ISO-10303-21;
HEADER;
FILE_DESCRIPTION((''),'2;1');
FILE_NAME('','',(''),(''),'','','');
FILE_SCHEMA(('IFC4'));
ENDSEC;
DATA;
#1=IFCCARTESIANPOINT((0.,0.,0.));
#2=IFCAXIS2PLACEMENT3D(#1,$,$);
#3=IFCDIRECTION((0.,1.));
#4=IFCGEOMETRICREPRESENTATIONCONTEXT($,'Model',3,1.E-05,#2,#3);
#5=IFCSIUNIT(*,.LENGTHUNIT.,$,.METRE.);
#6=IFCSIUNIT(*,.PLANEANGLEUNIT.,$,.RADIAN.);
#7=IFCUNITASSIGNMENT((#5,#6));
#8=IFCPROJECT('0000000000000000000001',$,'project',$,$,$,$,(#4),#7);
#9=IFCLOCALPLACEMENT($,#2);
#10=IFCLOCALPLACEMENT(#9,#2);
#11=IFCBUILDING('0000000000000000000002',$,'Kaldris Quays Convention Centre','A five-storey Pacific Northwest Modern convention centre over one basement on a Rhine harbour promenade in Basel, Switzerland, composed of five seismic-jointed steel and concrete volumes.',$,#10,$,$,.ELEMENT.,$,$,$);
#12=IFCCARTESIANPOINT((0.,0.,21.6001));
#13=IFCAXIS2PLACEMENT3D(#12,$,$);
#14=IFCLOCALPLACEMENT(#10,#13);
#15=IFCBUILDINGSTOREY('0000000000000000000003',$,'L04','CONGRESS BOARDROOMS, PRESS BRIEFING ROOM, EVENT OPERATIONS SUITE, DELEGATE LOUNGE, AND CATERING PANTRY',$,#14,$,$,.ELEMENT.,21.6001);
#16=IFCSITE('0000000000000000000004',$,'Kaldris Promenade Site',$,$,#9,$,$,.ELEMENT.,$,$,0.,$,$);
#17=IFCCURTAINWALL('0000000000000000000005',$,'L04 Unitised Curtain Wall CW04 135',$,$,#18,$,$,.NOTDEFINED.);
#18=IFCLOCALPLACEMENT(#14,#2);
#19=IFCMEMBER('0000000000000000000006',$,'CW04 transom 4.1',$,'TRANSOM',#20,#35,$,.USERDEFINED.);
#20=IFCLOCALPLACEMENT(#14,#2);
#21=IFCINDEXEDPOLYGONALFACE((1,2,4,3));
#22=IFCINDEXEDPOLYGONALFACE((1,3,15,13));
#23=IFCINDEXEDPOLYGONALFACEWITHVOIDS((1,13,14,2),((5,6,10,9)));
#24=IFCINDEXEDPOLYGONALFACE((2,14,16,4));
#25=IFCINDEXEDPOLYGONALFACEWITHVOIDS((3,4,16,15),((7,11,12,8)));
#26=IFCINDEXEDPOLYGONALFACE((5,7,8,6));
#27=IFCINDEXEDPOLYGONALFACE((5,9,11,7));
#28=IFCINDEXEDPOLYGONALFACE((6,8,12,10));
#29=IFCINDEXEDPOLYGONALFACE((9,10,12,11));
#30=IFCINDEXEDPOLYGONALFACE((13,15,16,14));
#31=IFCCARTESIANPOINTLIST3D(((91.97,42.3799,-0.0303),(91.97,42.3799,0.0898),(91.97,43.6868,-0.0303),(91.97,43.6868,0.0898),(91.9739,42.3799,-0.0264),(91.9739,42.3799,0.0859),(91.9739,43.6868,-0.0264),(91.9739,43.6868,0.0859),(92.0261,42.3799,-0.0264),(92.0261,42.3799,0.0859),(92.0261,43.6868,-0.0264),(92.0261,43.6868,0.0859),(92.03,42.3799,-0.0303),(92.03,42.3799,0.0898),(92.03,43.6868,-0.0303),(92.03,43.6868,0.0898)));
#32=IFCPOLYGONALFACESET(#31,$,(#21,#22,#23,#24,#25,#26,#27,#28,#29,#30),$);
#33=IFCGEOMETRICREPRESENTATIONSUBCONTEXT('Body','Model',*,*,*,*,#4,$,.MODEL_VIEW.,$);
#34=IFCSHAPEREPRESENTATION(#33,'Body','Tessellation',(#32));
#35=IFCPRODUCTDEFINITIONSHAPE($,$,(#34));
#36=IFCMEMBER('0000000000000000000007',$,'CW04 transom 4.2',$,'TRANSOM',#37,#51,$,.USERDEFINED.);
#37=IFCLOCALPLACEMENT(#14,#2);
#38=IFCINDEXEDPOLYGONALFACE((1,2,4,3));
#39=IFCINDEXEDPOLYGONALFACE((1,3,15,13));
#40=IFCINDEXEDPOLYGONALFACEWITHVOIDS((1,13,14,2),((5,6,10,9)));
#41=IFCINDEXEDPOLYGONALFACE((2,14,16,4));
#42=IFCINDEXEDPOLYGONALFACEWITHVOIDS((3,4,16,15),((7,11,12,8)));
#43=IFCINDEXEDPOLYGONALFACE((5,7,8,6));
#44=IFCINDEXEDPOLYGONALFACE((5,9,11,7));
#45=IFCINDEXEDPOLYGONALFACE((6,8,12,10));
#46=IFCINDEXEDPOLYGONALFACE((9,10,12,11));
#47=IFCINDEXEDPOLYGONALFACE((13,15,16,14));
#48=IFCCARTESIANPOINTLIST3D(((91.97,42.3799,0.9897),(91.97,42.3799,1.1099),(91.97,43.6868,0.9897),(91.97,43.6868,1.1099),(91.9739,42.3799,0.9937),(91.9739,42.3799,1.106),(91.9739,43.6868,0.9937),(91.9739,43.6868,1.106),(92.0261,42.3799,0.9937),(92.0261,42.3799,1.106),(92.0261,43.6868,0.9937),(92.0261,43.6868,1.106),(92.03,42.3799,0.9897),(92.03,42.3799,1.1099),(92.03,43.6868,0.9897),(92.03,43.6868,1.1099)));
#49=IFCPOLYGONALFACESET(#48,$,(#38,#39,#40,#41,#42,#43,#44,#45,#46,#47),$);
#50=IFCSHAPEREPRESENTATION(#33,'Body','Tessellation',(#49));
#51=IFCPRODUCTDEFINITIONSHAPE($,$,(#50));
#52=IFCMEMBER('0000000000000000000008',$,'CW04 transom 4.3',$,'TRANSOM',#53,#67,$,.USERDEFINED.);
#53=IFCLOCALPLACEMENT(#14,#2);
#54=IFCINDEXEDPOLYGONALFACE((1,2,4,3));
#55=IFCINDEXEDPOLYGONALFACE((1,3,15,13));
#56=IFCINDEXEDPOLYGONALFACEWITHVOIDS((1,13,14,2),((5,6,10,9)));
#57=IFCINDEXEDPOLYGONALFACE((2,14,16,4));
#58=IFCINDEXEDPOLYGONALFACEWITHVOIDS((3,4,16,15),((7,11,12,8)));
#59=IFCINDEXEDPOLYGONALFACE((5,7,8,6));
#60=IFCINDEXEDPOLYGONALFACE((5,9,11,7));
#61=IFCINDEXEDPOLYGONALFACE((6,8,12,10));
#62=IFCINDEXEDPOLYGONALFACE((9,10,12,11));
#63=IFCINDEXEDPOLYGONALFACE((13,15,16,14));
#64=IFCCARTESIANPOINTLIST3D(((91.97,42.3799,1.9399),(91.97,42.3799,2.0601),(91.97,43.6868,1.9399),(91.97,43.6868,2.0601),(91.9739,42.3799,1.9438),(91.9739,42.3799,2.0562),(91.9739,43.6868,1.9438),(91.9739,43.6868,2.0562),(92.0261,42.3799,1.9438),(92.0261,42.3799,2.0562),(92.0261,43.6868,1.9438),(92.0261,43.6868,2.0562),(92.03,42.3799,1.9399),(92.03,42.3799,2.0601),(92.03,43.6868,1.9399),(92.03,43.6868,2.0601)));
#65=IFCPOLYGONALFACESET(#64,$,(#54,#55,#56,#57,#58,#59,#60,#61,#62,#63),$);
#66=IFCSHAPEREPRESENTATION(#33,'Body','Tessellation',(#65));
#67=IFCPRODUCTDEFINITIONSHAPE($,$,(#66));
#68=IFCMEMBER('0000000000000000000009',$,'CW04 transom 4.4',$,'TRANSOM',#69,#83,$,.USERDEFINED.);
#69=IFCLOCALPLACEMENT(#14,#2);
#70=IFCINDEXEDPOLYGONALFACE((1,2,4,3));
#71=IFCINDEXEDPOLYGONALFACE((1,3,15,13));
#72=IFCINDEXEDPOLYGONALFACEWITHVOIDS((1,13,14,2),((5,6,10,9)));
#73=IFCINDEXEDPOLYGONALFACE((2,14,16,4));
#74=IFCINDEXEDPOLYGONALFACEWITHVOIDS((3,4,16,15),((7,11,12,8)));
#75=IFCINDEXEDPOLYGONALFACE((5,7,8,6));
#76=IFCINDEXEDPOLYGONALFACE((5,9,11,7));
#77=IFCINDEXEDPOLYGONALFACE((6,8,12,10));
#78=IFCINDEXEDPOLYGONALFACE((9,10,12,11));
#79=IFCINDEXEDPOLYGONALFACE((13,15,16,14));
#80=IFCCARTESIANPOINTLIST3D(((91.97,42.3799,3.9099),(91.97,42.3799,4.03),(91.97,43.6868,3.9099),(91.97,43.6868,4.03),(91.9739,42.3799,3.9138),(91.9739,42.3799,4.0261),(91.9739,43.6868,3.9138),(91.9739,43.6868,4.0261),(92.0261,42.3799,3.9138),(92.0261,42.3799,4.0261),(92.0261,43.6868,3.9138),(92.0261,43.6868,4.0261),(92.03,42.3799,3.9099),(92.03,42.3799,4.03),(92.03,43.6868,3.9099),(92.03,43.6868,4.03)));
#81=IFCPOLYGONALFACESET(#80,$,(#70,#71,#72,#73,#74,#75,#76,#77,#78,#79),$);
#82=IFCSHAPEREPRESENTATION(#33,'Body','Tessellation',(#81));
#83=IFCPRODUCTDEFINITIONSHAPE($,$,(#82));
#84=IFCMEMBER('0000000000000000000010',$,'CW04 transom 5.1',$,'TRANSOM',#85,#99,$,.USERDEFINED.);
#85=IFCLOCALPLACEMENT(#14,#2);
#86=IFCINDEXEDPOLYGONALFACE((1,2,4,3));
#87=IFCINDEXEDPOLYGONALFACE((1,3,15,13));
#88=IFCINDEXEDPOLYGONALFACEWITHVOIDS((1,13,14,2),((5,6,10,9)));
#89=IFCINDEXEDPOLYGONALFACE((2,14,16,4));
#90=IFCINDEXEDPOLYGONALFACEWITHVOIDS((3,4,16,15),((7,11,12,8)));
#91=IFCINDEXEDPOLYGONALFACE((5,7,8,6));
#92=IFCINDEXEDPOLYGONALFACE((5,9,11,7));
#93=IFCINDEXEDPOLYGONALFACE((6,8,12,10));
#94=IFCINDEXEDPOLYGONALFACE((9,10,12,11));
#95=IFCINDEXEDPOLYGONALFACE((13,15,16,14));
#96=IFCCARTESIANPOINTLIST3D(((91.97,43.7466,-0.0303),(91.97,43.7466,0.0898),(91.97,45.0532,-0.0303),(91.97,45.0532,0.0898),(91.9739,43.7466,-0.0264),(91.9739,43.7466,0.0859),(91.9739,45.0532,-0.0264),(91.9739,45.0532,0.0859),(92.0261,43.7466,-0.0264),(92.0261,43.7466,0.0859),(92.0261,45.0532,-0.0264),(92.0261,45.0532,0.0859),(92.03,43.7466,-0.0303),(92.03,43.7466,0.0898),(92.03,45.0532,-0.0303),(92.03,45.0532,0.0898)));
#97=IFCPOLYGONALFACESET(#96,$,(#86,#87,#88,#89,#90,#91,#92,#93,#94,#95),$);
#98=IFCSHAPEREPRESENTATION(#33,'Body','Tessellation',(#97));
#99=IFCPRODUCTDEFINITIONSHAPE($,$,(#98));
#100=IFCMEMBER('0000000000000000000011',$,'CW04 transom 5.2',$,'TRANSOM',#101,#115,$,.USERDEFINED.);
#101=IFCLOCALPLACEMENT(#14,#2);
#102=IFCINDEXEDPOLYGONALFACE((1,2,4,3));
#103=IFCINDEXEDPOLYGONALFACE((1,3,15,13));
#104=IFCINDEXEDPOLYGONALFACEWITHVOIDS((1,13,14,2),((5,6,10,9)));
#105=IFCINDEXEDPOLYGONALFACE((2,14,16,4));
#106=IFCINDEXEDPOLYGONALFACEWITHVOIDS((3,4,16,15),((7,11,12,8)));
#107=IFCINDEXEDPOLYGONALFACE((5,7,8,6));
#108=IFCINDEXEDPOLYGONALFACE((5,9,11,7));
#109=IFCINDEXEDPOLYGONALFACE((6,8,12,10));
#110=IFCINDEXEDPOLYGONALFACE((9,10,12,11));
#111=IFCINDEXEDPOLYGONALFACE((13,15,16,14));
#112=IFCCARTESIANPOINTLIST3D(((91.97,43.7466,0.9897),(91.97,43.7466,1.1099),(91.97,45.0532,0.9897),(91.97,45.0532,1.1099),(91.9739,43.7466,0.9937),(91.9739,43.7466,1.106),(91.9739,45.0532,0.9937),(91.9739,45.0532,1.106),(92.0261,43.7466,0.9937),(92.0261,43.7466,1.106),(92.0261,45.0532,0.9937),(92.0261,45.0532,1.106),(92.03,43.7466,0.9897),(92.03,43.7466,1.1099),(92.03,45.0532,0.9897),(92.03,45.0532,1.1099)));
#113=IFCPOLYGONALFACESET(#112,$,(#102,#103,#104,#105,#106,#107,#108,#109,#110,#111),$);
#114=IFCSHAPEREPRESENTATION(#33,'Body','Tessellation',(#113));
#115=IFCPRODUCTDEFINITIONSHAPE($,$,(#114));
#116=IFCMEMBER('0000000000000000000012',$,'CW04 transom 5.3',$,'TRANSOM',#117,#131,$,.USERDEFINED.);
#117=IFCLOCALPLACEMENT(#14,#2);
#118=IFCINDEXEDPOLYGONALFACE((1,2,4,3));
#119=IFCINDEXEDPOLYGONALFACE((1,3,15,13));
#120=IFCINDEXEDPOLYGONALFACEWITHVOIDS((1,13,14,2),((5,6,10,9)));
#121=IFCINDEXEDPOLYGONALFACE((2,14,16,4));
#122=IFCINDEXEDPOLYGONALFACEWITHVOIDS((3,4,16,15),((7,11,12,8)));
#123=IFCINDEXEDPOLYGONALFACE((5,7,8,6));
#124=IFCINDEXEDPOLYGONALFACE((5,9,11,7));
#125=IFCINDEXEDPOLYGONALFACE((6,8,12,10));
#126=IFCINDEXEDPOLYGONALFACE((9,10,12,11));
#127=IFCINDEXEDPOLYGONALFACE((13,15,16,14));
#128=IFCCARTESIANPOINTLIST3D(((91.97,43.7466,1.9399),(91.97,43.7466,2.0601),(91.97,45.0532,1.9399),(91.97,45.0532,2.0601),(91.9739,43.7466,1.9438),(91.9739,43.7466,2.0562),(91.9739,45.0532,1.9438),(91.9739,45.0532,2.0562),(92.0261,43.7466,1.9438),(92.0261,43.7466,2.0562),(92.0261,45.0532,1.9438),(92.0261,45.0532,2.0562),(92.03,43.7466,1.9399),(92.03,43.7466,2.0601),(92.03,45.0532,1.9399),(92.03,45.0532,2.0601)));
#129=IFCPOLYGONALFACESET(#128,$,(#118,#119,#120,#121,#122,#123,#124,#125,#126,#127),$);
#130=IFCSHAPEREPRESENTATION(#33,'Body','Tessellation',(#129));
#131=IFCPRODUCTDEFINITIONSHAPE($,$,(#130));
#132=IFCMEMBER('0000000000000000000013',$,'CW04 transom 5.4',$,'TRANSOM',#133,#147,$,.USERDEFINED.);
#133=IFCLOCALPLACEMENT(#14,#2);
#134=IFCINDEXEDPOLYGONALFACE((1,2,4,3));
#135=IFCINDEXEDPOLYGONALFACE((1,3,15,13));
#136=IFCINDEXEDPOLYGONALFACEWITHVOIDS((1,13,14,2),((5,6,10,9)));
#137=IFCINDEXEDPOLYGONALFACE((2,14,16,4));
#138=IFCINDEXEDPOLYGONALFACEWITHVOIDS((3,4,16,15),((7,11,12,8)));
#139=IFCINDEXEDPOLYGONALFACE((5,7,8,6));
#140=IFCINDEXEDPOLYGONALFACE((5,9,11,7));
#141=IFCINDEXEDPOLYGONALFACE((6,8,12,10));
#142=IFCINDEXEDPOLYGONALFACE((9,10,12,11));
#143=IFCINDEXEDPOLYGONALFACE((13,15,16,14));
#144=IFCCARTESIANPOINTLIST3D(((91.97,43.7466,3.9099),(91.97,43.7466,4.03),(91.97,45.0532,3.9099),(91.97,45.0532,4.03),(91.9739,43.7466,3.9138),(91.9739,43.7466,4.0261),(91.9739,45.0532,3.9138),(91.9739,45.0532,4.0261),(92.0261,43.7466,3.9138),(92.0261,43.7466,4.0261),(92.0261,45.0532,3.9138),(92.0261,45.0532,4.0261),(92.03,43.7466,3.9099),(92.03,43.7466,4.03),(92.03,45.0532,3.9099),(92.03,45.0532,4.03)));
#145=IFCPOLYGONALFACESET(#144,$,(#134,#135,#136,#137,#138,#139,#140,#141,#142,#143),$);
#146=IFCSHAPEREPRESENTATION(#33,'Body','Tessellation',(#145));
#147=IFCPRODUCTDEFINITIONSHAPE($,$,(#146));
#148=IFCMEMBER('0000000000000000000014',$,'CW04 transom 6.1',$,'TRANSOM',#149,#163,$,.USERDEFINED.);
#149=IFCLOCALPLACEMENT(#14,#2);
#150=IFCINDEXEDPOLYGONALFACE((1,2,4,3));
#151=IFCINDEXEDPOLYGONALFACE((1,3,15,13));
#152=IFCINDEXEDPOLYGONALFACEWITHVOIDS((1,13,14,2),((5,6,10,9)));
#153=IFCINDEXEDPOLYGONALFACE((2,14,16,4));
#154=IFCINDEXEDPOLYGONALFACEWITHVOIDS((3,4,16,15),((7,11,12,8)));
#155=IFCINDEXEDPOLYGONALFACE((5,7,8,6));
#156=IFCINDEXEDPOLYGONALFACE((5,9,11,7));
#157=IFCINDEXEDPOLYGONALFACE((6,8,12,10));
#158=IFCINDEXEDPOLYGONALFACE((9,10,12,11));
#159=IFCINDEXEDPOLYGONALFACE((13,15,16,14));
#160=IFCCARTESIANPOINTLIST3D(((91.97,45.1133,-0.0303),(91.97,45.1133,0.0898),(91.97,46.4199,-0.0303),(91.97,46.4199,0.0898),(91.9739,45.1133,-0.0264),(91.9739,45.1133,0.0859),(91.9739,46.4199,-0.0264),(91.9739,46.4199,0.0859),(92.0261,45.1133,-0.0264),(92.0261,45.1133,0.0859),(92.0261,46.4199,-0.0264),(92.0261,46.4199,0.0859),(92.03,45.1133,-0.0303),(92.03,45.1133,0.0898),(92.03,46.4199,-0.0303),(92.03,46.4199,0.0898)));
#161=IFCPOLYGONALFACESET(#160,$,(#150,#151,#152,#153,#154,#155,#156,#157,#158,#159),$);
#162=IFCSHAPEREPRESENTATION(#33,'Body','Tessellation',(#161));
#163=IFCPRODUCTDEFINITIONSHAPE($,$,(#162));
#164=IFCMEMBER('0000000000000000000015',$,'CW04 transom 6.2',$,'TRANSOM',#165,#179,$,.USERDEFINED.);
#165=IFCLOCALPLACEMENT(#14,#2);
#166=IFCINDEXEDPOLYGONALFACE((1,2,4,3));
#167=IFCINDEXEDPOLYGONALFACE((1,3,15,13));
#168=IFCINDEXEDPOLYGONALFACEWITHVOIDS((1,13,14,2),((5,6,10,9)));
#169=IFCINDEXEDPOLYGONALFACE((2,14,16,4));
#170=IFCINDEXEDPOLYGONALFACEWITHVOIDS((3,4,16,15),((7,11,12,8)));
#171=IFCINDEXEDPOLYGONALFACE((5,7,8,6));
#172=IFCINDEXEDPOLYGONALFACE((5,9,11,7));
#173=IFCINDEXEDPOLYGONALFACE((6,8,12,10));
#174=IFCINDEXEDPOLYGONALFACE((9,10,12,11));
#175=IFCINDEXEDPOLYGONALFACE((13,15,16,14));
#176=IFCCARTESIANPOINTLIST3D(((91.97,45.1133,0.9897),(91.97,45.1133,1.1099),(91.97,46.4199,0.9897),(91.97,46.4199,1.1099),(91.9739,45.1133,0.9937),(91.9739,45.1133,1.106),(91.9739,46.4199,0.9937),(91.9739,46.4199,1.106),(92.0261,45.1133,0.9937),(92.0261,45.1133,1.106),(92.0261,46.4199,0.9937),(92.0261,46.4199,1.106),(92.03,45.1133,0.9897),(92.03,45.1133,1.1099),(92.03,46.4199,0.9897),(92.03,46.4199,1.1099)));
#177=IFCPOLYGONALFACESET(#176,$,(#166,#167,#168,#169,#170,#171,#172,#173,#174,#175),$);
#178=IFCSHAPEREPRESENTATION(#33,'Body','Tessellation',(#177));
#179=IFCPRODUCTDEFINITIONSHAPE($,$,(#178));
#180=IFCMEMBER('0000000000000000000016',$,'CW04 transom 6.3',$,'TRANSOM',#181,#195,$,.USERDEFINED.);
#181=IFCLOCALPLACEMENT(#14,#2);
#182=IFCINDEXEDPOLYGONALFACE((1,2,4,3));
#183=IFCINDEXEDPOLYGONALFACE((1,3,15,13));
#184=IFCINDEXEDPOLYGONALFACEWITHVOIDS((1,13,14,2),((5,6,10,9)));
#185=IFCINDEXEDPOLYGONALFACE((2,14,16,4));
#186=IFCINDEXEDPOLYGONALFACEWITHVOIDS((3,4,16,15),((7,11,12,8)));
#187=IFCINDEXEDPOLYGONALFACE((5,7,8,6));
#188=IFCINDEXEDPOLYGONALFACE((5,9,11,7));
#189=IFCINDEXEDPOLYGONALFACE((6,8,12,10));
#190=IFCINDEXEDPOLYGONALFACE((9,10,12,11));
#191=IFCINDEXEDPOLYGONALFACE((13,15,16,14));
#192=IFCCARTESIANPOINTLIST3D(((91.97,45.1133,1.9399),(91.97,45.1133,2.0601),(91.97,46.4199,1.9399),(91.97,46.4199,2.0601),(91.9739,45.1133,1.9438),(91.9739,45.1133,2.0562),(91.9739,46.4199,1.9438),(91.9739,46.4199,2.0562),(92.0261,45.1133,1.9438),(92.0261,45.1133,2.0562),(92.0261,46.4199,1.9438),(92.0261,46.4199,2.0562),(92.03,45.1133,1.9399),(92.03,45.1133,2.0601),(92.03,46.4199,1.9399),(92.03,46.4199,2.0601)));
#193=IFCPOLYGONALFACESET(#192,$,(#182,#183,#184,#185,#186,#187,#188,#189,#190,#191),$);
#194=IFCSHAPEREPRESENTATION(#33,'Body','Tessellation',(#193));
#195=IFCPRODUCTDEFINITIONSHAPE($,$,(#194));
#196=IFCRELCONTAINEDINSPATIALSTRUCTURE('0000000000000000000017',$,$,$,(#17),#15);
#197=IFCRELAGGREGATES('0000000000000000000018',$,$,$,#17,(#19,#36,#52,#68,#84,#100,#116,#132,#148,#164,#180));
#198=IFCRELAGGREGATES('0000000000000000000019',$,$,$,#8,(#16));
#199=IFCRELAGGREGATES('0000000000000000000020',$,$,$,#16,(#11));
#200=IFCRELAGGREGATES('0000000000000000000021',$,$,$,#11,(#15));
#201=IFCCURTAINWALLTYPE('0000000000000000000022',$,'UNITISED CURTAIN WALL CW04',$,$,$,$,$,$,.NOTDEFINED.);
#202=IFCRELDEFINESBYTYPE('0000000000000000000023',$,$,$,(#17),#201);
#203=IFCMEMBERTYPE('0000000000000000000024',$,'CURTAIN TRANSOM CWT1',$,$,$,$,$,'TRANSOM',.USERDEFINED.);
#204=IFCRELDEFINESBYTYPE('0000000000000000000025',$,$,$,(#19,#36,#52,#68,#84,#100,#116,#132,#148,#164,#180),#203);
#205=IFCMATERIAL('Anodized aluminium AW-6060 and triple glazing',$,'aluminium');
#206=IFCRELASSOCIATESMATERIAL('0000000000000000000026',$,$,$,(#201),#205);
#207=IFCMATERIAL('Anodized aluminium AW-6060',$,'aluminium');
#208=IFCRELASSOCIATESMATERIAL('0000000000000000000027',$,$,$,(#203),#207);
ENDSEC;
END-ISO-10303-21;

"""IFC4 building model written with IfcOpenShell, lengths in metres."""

from ifc_helpers import new_model, si_unit, direction, frame, origin, origin_2d, place, context, subcontext, project, spatial, hollow_rectangle, extrude, material, material_profile, profile_set, type_object, element, aggregate, save


model = new_model("IFC4")

# Units and contexts
model_context = context("Model", 3, precision=1e-05, world=origin(), true_north=direction((0.0, 1.0)))
body_context = subcontext(model_context, "Body", "Model", "MODEL_VIEW")
ifc_project = project(units=[si_unit("LENGTHUNIT", "METRE"), si_unit("PLANEANGLEUNIT", "RADIAN")], contexts=[model_context])

# Site, building, storey
site_placement = place(None, origin())
site = spatial("IfcSite", under=ifc_project, at=site_placement, Name="Kaldris Promenade Site", CompositionType="ELEMENT", RefElevation=0.0)
building_placement = place(site_placement, origin())
building = spatial("IfcBuilding", under=site, at=building_placement, Name="Kaldris Quays Convention Centre", Description="A five-storey Pacific Northwest Modern convention centre over one basement on a Rhine harbour promenade in Basel, Switzerland, composed of five seismic-jointed steel and concrete volumes.", CompositionType="ELEMENT")
storey_placement = place(building_placement, frame((0.0, 0.0, 21.6001)))
storey = spatial("IfcBuildingStorey", under=building, at=storey_placement, Name="L04", Description="CONGRESS BOARDROOMS, PRESS BRIEFING ROOM, EVENT OPERATIONS SUITE, DELEGATE LOUNGE, AND CATERING PANTRY", CompositionType="ELEMENT", Elevation=21.6001)

# Curtain wall, members
ifc_material_1 = material(Name="Anodized aluminium AW-6060 and triple glazing", Category="aluminium")
curtain_wall_type = type_object("IfcCurtainWallType", Name="UNITISED CURTAIN WALL CW04", PredefinedType="NOTDEFINED", material=ifc_material_1)
curtain_wall_placement = place(storey_placement, origin())
curtain_wall = element("IfcCurtainWall", 1, at=curtain_wall_placement, inside=storey, type_object=curtain_wall_type, Name="L04 Unitised Curtain Wall CW04 135", PredefinedType="NOTDEFINED")
ifc_material_2 = material(Name="Anodized aluminium AW-6060", Category="aluminium")
ifc_material_profile = material_profile(ifc_material_2, hollow_rectangle(XDim=0.0601, YDim=0.1201, WallThickness=0.0039, at=origin_2d()), Name="RHS 120x60x4")
ifc_profile_set = profile_set([ifc_material_profile], Name="Anodized aluminium AW-6060")
member_type = type_object("IfcMemberType", Name="CURTAIN TRANSOM CWT1", ElementType="TRANSOM", PredefinedType="USERDEFINED", material=ifc_profile_set)
member_1_placement = place(storey_placement, frame((92.0, 42.3799, 0.0298), z_axis=(0.0, 1.0, 0.0), x_axis=(-1.0, 0.0, 0.0)))
member_1 = element("IfcMember", 2, at=member_1_placement, type_object=member_type, Name="CW04 transom 4.1", ObjectType="TRANSOM", PredefinedType="USERDEFINED", context=body_context, shape_type="SweptSolid", body=[
    extrude(hollow_rectangle(XDim=0.0601, YDim=0.1201, WallThickness=0.0039, at=origin_2d()), origin(), (0.0, 0.0, 1.0), 1.3069),
])
member_2_placement = place(storey_placement, frame((92.0, 42.3799, 1.0498), z_axis=(0.0, 1.0, 0.0), x_axis=(-1.0, 0.0, 0.0)))
member_2 = element("IfcMember", 3, at=member_2_placement, type_object=member_type, Name="CW04 transom 4.2", ObjectType="TRANSOM", PredefinedType="USERDEFINED", context=body_context, shape_type="SweptSolid", body=[
    extrude(hollow_rectangle(XDim=0.0601, YDim=0.1201, WallThickness=0.0039, at=origin_2d()), origin(), (0.0, 0.0, 1.0), 1.3069),
])
member_3_placement = place(storey_placement, frame((92.0, 42.3799, 2.0), z_axis=(0.0, 1.0, 0.0), x_axis=(-1.0, 0.0, 0.0)))
member_3 = element("IfcMember", 4, at=member_3_placement, type_object=member_type, Name="CW04 transom 4.3", ObjectType="TRANSOM", PredefinedType="USERDEFINED", context=body_context, shape_type="SweptSolid", body=[
    extrude(hollow_rectangle(XDim=0.0601, YDim=0.1201, WallThickness=0.0039, at=origin_2d()), origin(), (0.0, 0.0, 1.0), 1.3069),
])
member_4_placement = place(storey_placement, frame((92.0, 42.3799, 3.97), z_axis=(0.0, 1.0, 0.0), x_axis=(-1.0, 0.0, 0.0)))
member_4 = element("IfcMember", 5, at=member_4_placement, type_object=member_type, Name="CW04 transom 4.4", ObjectType="TRANSOM", PredefinedType="USERDEFINED", context=body_context, shape_type="SweptSolid", body=[
    extrude(hollow_rectangle(XDim=0.0601, YDim=0.1201, WallThickness=0.0039, at=origin_2d()), origin(), (0.0, 0.0, 1.0), 1.3069),
])
member_5_placement = place(storey_placement, frame((92.0, 43.7466, 0.0298), z_axis=(0.0, 1.0, 0.0), x_axis=(-1.0, 0.0, 0.0)))
member_5 = element("IfcMember", 6, at=member_5_placement, type_object=member_type, Name="CW04 transom 5.1", ObjectType="TRANSOM", PredefinedType="USERDEFINED", context=body_context, shape_type="SweptSolid", body=[
    extrude(hollow_rectangle(XDim=0.0601, YDim=0.1201, WallThickness=0.0039, at=origin_2d()), origin(), (0.0, 0.0, 1.0), 1.3066),
])
member_6_placement = place(storey_placement, frame((92.0, 43.7466, 1.0498), z_axis=(0.0, 1.0, 0.0), x_axis=(-1.0, 0.0, 0.0)))
member_6 = element("IfcMember", 7, at=member_6_placement, type_object=member_type, Name="CW04 transom 5.2", ObjectType="TRANSOM", PredefinedType="USERDEFINED", context=body_context, shape_type="SweptSolid", body=[
    extrude(hollow_rectangle(XDim=0.0601, YDim=0.1201, WallThickness=0.0039, at=origin_2d()), origin(), (0.0, 0.0, 1.0), 1.3066),
])
member_7_placement = place(storey_placement, frame((92.0, 43.7466, 2.0), z_axis=(0.0, 1.0, 0.0), x_axis=(-1.0, 0.0, 0.0)))
member_7 = element("IfcMember", 8, at=member_7_placement, type_object=member_type, Name="CW04 transom 5.3", ObjectType="TRANSOM", PredefinedType="USERDEFINED", context=body_context, shape_type="SweptSolid", body=[
    extrude(hollow_rectangle(XDim=0.0601, YDim=0.1201, WallThickness=0.0039, at=origin_2d()), origin(), (0.0, 0.0, 1.0), 1.3066),
])
member_8_placement = place(storey_placement, frame((92.0, 43.7466, 3.97), z_axis=(0.0, 1.0, 0.0), x_axis=(-1.0, 0.0, 0.0)))
member_8 = element("IfcMember", 9, at=member_8_placement, type_object=member_type, Name="CW04 transom 5.4", ObjectType="TRANSOM", PredefinedType="USERDEFINED", context=body_context, shape_type="SweptSolid", body=[
    extrude(hollow_rectangle(XDim=0.0601, YDim=0.1201, WallThickness=0.0039, at=origin_2d()), origin(), (0.0, 0.0, 1.0), 1.3066),
])
member_9_placement = place(storey_placement, frame((92.0, 45.1133, 0.0298), z_axis=(0.0, 1.0, 0.0), x_axis=(-1.0, 0.0, 0.0)))
member_9 = element("IfcMember", 10, at=member_9_placement, type_object=member_type, Name="CW04 transom 6.1", ObjectType="TRANSOM", PredefinedType="USERDEFINED", context=body_context, shape_type="SweptSolid", body=[
    extrude(hollow_rectangle(XDim=0.0601, YDim=0.1201, WallThickness=0.0039, at=origin_2d()), origin(), (0.0, 0.0, 1.0), 1.3066),
])
member_10_placement = place(storey_placement, frame((92.0, 45.1133, 1.0498), z_axis=(0.0, 1.0, 0.0), x_axis=(-1.0, 0.0, 0.0)))
member_10 = element("IfcMember", 11, at=member_10_placement, type_object=member_type, Name="CW04 transom 6.2", ObjectType="TRANSOM", PredefinedType="USERDEFINED", context=body_context, shape_type="SweptSolid", body=[
    extrude(hollow_rectangle(XDim=0.0601, YDim=0.1201, WallThickness=0.0039, at=origin_2d()), origin(), (0.0, 0.0, 1.0), 1.3066),
])
member_11_placement = place(storey_placement, frame((92.0, 45.1133, 2.0), z_axis=(0.0, 1.0, 0.0), x_axis=(-1.0, 0.0, 0.0)))
member_11 = element("IfcMember", 12, at=member_11_placement, type_object=member_type, Name="CW04 transom 6.3", ObjectType="TRANSOM", PredefinedType="USERDEFINED", context=body_context, shape_type="SweptSolid", body=[
    extrude(hollow_rectangle(XDim=0.0601, YDim=0.1201, WallThickness=0.0039, at=origin_2d()), origin(), (0.0, 0.0, 1.0), 1.3066),
])
aggregate(curtain_wall, [member_1, member_2, member_3, member_4, member_5, member_6, member_7, member_8, member_9, member_10, member_11])

save(model, "model.ifc")
